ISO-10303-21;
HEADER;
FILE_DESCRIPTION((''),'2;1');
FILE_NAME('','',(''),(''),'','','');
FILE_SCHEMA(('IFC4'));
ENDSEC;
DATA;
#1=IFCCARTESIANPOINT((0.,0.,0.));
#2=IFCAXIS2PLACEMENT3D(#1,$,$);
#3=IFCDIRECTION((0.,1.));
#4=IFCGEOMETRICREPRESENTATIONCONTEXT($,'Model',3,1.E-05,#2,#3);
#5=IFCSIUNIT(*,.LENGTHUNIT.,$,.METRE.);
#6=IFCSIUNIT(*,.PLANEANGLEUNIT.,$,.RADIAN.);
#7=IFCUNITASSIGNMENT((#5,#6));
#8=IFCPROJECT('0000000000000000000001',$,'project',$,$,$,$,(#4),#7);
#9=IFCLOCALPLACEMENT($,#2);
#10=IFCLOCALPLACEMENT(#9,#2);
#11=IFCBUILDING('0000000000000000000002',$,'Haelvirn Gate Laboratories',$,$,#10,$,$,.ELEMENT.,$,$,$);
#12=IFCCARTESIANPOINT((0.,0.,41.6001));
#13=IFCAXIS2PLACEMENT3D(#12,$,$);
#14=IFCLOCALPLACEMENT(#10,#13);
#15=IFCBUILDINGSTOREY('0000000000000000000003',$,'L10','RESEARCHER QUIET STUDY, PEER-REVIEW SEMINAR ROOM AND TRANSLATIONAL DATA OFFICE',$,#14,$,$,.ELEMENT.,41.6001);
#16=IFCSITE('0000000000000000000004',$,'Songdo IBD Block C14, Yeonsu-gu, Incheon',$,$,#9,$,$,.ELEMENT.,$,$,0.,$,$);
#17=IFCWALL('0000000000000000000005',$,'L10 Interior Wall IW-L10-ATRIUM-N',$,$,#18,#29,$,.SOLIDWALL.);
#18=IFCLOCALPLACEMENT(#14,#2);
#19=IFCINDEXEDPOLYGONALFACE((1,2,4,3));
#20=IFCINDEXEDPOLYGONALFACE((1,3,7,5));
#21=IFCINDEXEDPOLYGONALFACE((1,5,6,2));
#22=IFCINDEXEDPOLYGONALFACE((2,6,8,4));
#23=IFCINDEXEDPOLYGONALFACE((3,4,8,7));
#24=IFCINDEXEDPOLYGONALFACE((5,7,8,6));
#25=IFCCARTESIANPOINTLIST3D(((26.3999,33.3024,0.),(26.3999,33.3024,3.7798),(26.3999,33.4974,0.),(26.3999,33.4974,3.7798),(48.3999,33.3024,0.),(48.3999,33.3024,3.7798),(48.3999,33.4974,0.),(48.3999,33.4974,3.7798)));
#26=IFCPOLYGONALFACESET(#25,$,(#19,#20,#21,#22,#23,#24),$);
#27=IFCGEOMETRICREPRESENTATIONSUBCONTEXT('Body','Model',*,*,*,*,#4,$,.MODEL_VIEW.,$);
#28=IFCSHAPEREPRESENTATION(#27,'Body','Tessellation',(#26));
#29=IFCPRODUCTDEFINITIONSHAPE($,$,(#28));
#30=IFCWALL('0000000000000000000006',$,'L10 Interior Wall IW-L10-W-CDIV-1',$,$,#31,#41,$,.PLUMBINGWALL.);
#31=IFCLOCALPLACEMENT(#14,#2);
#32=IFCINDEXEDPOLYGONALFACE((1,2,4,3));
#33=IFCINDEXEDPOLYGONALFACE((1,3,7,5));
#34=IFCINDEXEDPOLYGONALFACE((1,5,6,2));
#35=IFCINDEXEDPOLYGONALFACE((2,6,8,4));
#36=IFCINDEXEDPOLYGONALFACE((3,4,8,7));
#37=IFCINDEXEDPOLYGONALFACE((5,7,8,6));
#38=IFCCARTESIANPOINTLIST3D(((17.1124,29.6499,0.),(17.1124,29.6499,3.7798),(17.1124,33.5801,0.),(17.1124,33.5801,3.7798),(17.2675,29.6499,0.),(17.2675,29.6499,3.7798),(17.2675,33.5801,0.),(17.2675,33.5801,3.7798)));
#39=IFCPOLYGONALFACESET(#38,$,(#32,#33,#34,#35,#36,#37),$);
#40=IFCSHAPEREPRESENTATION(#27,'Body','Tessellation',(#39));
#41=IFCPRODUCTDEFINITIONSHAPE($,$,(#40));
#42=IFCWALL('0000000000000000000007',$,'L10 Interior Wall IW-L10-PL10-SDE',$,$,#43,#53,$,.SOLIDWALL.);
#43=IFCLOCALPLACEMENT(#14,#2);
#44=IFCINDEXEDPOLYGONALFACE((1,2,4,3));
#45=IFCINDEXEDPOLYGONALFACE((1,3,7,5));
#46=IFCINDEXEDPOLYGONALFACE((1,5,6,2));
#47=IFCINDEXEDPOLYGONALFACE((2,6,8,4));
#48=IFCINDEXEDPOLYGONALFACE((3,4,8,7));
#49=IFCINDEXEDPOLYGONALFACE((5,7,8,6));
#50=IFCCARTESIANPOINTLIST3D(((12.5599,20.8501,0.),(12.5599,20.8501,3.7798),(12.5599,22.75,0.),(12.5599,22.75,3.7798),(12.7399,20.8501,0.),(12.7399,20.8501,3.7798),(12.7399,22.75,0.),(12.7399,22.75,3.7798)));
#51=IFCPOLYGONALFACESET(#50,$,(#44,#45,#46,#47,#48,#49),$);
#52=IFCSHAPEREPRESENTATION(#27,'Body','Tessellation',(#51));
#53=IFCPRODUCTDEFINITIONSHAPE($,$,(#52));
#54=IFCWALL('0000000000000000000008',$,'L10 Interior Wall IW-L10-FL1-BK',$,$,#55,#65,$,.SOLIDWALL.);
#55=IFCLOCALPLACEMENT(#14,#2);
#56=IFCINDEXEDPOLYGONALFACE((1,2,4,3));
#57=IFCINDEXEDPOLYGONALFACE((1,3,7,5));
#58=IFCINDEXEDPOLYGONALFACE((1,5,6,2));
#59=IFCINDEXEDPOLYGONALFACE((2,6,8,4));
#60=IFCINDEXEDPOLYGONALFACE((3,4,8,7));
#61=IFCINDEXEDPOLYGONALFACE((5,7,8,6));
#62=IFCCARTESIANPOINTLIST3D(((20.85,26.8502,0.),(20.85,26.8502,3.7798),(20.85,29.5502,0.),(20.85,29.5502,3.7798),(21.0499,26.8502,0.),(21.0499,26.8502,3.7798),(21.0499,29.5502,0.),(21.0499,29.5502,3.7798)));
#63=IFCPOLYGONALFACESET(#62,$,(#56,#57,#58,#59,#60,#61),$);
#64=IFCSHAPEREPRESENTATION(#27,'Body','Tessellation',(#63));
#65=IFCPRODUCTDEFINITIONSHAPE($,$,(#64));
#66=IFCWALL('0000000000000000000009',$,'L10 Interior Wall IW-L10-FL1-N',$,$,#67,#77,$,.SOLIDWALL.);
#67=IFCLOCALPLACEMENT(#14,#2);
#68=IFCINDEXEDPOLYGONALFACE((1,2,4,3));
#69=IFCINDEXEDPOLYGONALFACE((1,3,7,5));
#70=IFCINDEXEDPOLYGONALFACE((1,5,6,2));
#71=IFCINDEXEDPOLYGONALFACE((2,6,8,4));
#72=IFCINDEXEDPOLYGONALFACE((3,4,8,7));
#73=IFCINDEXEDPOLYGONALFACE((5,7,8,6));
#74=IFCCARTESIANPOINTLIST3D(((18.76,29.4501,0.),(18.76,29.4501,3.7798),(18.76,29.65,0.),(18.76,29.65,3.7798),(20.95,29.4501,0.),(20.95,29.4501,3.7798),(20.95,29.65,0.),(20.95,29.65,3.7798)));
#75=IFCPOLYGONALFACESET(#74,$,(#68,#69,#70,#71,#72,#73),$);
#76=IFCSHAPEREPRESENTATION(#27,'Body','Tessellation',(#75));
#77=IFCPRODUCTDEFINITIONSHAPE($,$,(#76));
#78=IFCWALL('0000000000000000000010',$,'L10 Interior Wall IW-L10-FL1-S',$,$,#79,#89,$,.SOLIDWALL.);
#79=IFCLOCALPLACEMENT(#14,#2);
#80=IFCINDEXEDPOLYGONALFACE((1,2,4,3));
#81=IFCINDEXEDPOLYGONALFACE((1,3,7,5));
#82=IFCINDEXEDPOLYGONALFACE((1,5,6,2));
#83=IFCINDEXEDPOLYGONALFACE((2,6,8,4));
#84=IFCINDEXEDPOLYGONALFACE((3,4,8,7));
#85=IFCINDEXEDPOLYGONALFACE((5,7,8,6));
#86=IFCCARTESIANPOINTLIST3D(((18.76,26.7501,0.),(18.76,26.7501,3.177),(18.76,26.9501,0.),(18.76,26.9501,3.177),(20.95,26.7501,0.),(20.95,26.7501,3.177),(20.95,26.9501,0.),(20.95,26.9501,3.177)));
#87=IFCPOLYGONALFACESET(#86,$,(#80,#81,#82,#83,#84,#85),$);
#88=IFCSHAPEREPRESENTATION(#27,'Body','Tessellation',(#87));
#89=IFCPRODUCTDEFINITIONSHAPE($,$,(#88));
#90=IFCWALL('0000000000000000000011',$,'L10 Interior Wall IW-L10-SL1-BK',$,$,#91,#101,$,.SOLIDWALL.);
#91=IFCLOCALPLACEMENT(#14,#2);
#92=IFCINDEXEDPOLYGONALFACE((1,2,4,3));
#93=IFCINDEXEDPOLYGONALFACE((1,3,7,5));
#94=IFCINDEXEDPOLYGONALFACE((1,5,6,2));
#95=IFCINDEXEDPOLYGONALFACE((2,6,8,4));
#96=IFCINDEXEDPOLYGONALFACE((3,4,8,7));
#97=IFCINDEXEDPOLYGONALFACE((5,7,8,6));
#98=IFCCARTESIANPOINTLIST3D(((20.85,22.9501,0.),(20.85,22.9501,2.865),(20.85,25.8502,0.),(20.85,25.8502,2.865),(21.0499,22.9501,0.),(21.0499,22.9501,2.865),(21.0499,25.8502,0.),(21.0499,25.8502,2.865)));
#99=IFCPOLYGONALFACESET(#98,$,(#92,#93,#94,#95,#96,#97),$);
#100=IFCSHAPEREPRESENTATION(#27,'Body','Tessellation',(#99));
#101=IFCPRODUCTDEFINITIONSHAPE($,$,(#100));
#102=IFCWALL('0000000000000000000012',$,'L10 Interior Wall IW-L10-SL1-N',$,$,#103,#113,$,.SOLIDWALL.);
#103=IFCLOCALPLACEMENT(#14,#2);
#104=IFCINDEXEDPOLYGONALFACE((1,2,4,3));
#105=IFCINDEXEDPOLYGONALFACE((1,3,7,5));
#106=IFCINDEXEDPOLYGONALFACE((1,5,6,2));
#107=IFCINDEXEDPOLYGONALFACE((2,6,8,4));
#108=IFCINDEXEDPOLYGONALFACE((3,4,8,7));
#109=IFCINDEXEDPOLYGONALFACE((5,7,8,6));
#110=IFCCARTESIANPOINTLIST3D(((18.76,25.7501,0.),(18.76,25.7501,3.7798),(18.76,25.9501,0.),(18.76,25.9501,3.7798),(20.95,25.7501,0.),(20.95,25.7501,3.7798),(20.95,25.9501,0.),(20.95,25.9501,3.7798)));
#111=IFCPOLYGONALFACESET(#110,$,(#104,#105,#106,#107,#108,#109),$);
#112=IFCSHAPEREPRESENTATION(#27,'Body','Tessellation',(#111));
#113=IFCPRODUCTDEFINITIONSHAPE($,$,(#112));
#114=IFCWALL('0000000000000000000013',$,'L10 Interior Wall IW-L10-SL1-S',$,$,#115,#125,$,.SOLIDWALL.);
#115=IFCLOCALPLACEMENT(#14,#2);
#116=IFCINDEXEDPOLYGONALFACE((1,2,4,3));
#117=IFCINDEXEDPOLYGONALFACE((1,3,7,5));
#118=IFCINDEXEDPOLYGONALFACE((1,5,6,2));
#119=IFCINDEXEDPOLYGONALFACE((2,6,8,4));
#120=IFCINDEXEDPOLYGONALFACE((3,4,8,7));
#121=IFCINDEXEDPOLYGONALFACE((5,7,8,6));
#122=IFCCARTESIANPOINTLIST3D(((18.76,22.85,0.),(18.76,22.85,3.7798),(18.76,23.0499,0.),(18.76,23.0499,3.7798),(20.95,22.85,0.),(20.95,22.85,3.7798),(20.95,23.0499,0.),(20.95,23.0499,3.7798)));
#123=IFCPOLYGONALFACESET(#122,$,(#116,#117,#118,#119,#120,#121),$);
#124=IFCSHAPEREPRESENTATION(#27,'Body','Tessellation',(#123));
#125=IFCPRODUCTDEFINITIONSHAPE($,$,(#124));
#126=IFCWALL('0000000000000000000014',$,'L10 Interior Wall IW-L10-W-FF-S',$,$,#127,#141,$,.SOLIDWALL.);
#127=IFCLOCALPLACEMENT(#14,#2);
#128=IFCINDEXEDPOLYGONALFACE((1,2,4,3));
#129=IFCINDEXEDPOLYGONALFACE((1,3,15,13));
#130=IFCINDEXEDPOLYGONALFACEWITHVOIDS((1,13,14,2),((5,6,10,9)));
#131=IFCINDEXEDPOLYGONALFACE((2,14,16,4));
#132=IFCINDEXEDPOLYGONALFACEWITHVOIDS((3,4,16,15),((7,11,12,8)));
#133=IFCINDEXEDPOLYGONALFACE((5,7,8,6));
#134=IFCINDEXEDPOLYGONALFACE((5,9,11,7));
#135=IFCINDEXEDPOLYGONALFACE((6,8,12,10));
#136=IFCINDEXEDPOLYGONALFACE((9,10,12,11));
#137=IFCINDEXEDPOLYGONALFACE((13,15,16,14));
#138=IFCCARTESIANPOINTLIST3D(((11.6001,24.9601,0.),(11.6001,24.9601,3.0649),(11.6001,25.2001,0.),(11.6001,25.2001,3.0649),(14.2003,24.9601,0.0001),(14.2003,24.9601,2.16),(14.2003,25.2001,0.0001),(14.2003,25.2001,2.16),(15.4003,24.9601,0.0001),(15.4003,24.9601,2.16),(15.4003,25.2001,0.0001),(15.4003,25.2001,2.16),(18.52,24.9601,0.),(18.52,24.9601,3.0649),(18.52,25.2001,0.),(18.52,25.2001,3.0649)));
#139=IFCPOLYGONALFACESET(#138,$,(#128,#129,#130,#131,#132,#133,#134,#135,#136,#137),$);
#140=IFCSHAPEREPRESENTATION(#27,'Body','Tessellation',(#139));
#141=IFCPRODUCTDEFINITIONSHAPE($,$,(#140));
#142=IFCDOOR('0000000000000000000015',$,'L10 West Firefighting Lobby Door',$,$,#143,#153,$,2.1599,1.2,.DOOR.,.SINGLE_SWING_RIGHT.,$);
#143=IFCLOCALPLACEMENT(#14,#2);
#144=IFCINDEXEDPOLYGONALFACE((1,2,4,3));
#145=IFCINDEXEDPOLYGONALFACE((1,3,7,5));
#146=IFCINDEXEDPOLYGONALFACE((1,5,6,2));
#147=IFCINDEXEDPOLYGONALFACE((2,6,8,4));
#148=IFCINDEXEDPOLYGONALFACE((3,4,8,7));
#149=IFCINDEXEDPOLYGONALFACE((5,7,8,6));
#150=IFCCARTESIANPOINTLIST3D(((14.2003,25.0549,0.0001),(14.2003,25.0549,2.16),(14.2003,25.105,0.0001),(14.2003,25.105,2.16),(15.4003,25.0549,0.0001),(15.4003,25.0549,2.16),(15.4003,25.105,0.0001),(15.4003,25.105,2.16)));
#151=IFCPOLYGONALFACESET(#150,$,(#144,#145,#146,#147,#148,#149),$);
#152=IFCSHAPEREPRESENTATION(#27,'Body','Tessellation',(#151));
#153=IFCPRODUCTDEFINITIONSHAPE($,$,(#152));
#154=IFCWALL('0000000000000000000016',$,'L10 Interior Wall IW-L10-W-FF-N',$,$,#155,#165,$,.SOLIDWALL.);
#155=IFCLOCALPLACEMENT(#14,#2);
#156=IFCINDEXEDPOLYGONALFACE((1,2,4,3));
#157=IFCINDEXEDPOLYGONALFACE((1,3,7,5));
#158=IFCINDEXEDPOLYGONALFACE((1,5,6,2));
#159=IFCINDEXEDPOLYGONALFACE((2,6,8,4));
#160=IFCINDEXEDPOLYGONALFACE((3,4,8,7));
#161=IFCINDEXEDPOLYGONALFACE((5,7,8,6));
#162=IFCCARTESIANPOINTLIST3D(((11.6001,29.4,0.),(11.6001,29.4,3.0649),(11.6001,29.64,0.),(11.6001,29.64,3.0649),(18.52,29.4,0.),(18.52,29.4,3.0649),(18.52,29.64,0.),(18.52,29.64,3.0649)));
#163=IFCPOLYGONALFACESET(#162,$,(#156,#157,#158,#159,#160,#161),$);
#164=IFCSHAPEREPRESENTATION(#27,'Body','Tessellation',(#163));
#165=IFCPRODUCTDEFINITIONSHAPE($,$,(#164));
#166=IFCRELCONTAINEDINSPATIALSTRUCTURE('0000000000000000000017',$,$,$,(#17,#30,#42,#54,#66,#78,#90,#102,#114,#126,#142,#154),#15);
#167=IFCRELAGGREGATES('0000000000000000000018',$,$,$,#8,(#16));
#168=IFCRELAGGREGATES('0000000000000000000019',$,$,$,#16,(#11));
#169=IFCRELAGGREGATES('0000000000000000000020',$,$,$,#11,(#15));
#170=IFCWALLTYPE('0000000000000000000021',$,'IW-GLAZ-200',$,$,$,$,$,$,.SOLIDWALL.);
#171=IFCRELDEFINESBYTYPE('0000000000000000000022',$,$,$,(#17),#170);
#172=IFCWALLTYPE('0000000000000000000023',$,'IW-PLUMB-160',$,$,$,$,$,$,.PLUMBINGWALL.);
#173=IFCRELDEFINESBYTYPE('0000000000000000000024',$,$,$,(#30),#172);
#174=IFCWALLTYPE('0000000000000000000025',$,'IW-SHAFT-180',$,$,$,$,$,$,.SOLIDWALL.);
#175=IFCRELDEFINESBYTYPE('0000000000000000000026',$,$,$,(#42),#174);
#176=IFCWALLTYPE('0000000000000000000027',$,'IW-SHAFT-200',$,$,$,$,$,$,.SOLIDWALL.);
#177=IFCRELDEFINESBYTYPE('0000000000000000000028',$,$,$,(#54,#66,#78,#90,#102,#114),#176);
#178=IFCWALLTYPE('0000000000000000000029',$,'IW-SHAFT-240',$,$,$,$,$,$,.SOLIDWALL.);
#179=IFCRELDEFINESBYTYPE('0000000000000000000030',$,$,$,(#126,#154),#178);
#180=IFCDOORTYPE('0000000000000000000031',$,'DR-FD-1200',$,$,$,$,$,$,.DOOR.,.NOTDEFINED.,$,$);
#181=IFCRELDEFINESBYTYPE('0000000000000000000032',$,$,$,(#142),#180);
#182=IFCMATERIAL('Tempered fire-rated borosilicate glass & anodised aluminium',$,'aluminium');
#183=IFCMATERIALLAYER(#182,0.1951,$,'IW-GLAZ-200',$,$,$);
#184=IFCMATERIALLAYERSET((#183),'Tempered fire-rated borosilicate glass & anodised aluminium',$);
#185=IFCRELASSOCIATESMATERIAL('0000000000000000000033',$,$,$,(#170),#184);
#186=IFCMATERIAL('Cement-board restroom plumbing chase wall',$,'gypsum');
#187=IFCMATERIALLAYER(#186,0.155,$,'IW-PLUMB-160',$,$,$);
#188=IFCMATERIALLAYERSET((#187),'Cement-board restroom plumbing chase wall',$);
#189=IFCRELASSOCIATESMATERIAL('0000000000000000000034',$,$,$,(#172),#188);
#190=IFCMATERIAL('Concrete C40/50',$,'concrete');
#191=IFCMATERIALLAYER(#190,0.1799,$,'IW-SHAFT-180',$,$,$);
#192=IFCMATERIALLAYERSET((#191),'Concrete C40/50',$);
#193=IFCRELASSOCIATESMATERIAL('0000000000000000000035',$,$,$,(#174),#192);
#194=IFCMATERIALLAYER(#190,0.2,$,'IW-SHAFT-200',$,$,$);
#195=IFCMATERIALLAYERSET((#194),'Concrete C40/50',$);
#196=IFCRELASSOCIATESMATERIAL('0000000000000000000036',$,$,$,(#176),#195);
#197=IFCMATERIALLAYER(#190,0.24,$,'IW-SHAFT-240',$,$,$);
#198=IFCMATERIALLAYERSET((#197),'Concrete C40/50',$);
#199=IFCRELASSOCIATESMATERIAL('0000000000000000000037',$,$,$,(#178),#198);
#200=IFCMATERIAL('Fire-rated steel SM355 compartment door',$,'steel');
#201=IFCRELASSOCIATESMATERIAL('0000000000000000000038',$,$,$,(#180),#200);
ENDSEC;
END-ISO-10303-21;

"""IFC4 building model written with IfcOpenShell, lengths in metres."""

from ifc_helpers import new_model, si_unit, direction, frame, frame_2d, origin, place, context, subcontext, project, spatial, rectangle, extrude, source, transform, mapped, material, layer, layer_set, type_object, type_shapes, element, fill, save


model = new_model("IFC4")

# Units and contexts
model_context = context("Model", 3, precision=1e-05, world=origin(), true_north=direction((0.0, 1.0)))
body_context = subcontext(model_context, "Body", "Model", "MODEL_VIEW")
ifc_project = project(units=[si_unit("LENGTHUNIT", "METRE"), si_unit("PLANEANGLEUNIT", "RADIAN")], contexts=[model_context])

# Site, building, storey
site_placement = place(None, origin())
site = spatial("IfcSite", under=ifc_project, at=site_placement, Name="Songdo IBD Block C14, Yeonsu-gu, Incheon", CompositionType="ELEMENT", RefElevation=0.0)
building_placement = place(site_placement, origin())
building = spatial("IfcBuilding", under=site, at=building_placement, Name="Haelvirn Gate Laboratories", CompositionType="ELEMENT")
storey_placement = place(building_placement, frame((0.0, 0.0, 41.6001)))
storey = spatial("IfcBuildingStorey", under=building, at=storey_placement, Name="L10", Description="RESEARCHER QUIET STUDY, PEER-REVIEW SEMINAR ROOM AND TRANSLATIONAL DATA OFFICE", CompositionType="ELEMENT", Elevation=41.6001)

# Walls
ifc_material_1 = material(Name="Tempered fire-rated borosilicate glass & anodised aluminium", Category="aluminium")
ifc_layer_1 = layer(ifc_material_1, 0.1951, Name="IW-GLAZ-200")
ifc_layer_set_1 = layer_set([ifc_layer_1], Name="Tempered fire-rated borosilicate glass & anodised aluminium")
wall_type_1 = type_object("IfcWallType", Name="IW-GLAZ-200", PredefinedType="SOLIDWALL", material=ifc_layer_set_1)
wall_1_placement = place(storey_placement, frame((26.3999, 33.3999, 0.0), z_axis=(0.0, 0.0, 1.0), x_axis=(1.0, 0.0, 0.0)))
element("IfcWall", 1, at=wall_1_placement, inside=storey, type_object=wall_type_1, Name="L10 Interior Wall IW-L10-ATRIUM-N", PredefinedType="SOLIDWALL", context=body_context, shape_type="SweptSolid", body=[
    extrude(rectangle(XDim=22.0, YDim=0.1951, at=frame_2d((11.0, 0.0))), origin(), (0.0, 0.0, 1.0), 3.7798),
])
ifc_material_2 = material(Name="Cement-board restroom plumbing chase wall", Category="gypsum")
ifc_layer_2 = layer(ifc_material_2, 0.155, Name="IW-PLUMB-160")
ifc_layer_set_2 = layer_set([ifc_layer_2], Name="Cement-board restroom plumbing chase wall")
wall_type_2 = type_object("IfcWallType", Name="IW-PLUMB-160", PredefinedType="PLUMBINGWALL", material=ifc_layer_set_2)
wall_2_placement = place(storey_placement, frame((17.1899, 29.6499, 0.0), z_axis=(0.0, 0.0, 1.0), x_axis=(0.0, 1.0, 0.0)))
element("IfcWall", 2, at=wall_2_placement, inside=storey, type_object=wall_type_2, Name="L10 Interior Wall IW-L10-W-CDIV-1", PredefinedType="PLUMBINGWALL", context=body_context, shape_type="SweptSolid", body=[
    extrude(rectangle(XDim=3.9302, YDim=0.155, at=frame_2d((1.9651, 0.0))), origin(), (0.0, 0.0, 1.0), 3.7798),
])
ifc_material_3 = material(Name="Concrete C40/50", Category="concrete")
ifc_layer_3 = layer(ifc_material_3, 0.1799, Name="IW-SHAFT-180")
ifc_layer_set_3 = layer_set([ifc_layer_3], Name="Concrete C40/50")
wall_type_3 = type_object("IfcWallType", Name="IW-SHAFT-180", PredefinedType="SOLIDWALL", material=ifc_layer_set_3)
wall_3_placement = place(storey_placement, frame((12.6499, 20.8501, 0.0), z_axis=(0.0, 0.0, 1.0), x_axis=(0.0, 1.0, 0.0)))
element("IfcWall", 3, at=wall_3_placement, inside=storey, type_object=wall_type_3, Name="L10 Interior Wall IW-L10-PL10-SDE", PredefinedType="SOLIDWALL", context=body_context, shape_type="SweptSolid", body=[
    extrude(rectangle(XDim=1.8999, YDim=0.1799, at=frame_2d((0.95, 0.0))), origin(), (0.0, 0.0, 1.0), 3.7798),
])
ifc_layer_4 = layer(ifc_material_3, 0.2, Name="IW-SHAFT-200")
ifc_layer_set_4 = layer_set([ifc_layer_4], Name="Concrete C40/50")
wall_type_4 = type_object("IfcWallType", Name="IW-SHAFT-200", PredefinedType="SOLIDWALL", material=ifc_layer_set_4)
wall_4_placement = place(storey_placement, frame((20.95, 26.8501, 0.0), z_axis=(0.0, 0.0, 1.0), x_axis=(0.0, 1.0, 0.0)))
element("IfcWall", 4, at=wall_4_placement, inside=storey, type_object=wall_type_4, Name="L10 Interior Wall IW-L10-FL1-BK", PredefinedType="SOLIDWALL", context=body_context, shape_type="SweptSolid", body=[
    extrude(rectangle(XDim=2.7, YDim=0.2, at=frame_2d((1.3501, 0.0))), origin(), (0.0, 0.0, 1.0), 3.7798),
])
wall_5_placement = place(storey_placement, frame((18.76, 29.55, 0.0), z_axis=(0.0, 0.0, 1.0), x_axis=(1.0, 0.0, 0.0)))
element("IfcWall", 5, at=wall_5_placement, inside=storey, type_object=wall_type_4, Name="L10 Interior Wall IW-L10-FL1-N", PredefinedType="SOLIDWALL", context=body_context, shape_type="SweptSolid", body=[
    extrude(rectangle(XDim=2.1899, YDim=0.2, at=frame_2d((1.095, 0.0))), origin(), (0.0, 0.0, 1.0), 3.7798),
])
wall_6_placement = place(storey_placement, frame((18.76, 26.8501, 0.0), z_axis=(0.0, 0.0, 1.0), x_axis=(1.0, 0.0, 0.0)))
element("IfcWall", 6, at=wall_6_placement, inside=storey, type_object=wall_type_4, Name="L10 Interior Wall IW-L10-FL1-S", PredefinedType="SOLIDWALL", context=body_context, shape_type="SweptSolid", body=[
    extrude(rectangle(XDim=2.1899, YDim=0.2, at=frame_2d((1.095, 0.0))), origin(), (0.0, 0.0, 1.0), 3.177),
])
wall_7_placement = place(storey_placement, frame((20.95, 22.95, 0.0), z_axis=(0.0, 0.0, 1.0), x_axis=(0.0, 1.0, 0.0)))
element("IfcWall", 7, at=wall_7_placement, inside=storey, type_object=wall_type_4, Name="L10 Interior Wall IW-L10-SL1-BK", PredefinedType="SOLIDWALL", context=body_context, shape_type="SweptSolid", body=[
    extrude(rectangle(XDim=2.9001, YDim=0.2, at=frame_2d((1.4502, 0.0))), origin(), (0.0, 0.0, 1.0), 2.865),
])
for number, where, z_axis, x_axis, name in (
    (8, (18.76, 25.8501, 0.0), (0.0, 0.0, 1.0), (1.0, 0.0, 0.0), "L10 Interior Wall IW-L10-SL1-N"),
    (9, (18.76, 22.95, 0.0), (0.0, 0.0, 1.0), (1.0, 0.0, 0.0), "L10 Interior Wall IW-L10-SL1-S"),
):
    element("IfcWall", number, at=place(storey_placement, frame(where, z_axis=z_axis, x_axis=x_axis)), inside=storey, type_object=wall_type_4, Name=name, PredefinedType="SOLIDWALL", context=body_context, shape_type="SweptSolid", body=[
        extrude(rectangle(XDim=2.1899, YDim=0.2, at=frame_2d((1.095, 0.0))), origin(), (0.0, 0.0, 1.0), 3.7798),
    ])

# Wall, opening, door
ifc_layer_5 = layer(ifc_material_3, 0.24, Name="IW-SHAFT-240")
ifc_layer_set_5 = layer_set([ifc_layer_5], Name="Concrete C40/50")
wall_type_5 = type_object("IfcWallType", Name="IW-SHAFT-240", PredefinedType="SOLIDWALL", material=ifc_layer_set_5)
wall_8_placement = place(storey_placement, frame((11.6001, 25.0801, 0.0), z_axis=(0.0, 0.0, 1.0), x_axis=(1.0, 0.0, 0.0)))
wall_8 = element("IfcWall", 10, at=wall_8_placement, inside=storey, type_object=wall_type_5, Name="L10 Interior Wall IW-L10-W-FF-S", PredefinedType="SOLIDWALL", context=body_context, shape_type="SweptSolid", body=[
    extrude(rectangle(XDim=6.9199, YDim=0.24, at=frame_2d((3.46, 0.0))), origin(), (0.0, 0.0, 1.0), 3.0649),
])
opening_1_placement = place(wall_8_placement, frame((2.6001, 0.0, 0.0)))
opening_1 = element("IfcOpeningElement", 11, at=opening_1_placement, cuts=wall_8, PredefinedType="OPENING", context=body_context, shape_type="SweptSolid", body=[
    extrude(rectangle(XDim=1.2, YDim=2.1599, at=frame_2d((0.6001, 1.0801))), frame((0.0, 0.1299, 0.0), z_axis=(0.0, -1.0, 0.0), x_axis=(1.0, 0.0, 0.0)), (0.0, 0.0, 1.0), 0.26),
])
ifc_material_4 = material(Name="Fire-rated steel SM355 compartment door", Category="steel")
door_type_1 = type_object("IfcDoorType", Name="DR-FD-1200", OperationType="NOTDEFINED", PredefinedType="DOOR", material=ifc_material_4)
shared_shape_1 = source(origin(), body_context, "Body", "SweptSolid", [
    extrude(rectangle(XDim=1.2, YDim=2.1599, at=frame_2d((0.6001, 1.0801))), frame((0.0, 0.0249, 0.0), z_axis=(0.0, -1.0, 0.0), x_axis=(1.0, 0.0, 0.0)), (0.0, 0.0, 1.0), 0.05),
])
type_shapes(door_type_1, [shared_shape_1])
door_1_placement = place(opening_1_placement, origin())
door_1 = element("IfcDoor", 12, at=door_1_placement, inside=storey, type_object=door_type_1, Name="L10 West Firefighting Lobby Door", OperationType="SINGLE_SWING_RIGHT", OverallHeight=2.1599, OverallWidth=1.2, PredefinedType="DOOR", context=body_context, shape_type="MappedRepresentation", body=[
    mapped(shared_shape_1, transform((0.0, 0.0, 0.0), scale=1.0)),
])
fill(opening_1, door_1)

# Wall
wall_9_placement = place(storey_placement, frame((11.6001, 29.52, 0.0), z_axis=(0.0, 0.0, 1.0), x_axis=(1.0, 0.0, 0.0)))
element("IfcWall", 13, at=wall_9_placement, inside=storey, type_object=wall_type_5, Name="L10 Interior Wall IW-L10-W-FF-N", PredefinedType="SOLIDWALL", context=body_context, shape_type="SweptSolid", body=[
    extrude(rectangle(XDim=6.9199, YDim=0.24, at=frame_2d((3.46, 0.0))), origin(), (0.0, 0.0, 1.0), 3.0649),
])

save(model, "model.ifc")
